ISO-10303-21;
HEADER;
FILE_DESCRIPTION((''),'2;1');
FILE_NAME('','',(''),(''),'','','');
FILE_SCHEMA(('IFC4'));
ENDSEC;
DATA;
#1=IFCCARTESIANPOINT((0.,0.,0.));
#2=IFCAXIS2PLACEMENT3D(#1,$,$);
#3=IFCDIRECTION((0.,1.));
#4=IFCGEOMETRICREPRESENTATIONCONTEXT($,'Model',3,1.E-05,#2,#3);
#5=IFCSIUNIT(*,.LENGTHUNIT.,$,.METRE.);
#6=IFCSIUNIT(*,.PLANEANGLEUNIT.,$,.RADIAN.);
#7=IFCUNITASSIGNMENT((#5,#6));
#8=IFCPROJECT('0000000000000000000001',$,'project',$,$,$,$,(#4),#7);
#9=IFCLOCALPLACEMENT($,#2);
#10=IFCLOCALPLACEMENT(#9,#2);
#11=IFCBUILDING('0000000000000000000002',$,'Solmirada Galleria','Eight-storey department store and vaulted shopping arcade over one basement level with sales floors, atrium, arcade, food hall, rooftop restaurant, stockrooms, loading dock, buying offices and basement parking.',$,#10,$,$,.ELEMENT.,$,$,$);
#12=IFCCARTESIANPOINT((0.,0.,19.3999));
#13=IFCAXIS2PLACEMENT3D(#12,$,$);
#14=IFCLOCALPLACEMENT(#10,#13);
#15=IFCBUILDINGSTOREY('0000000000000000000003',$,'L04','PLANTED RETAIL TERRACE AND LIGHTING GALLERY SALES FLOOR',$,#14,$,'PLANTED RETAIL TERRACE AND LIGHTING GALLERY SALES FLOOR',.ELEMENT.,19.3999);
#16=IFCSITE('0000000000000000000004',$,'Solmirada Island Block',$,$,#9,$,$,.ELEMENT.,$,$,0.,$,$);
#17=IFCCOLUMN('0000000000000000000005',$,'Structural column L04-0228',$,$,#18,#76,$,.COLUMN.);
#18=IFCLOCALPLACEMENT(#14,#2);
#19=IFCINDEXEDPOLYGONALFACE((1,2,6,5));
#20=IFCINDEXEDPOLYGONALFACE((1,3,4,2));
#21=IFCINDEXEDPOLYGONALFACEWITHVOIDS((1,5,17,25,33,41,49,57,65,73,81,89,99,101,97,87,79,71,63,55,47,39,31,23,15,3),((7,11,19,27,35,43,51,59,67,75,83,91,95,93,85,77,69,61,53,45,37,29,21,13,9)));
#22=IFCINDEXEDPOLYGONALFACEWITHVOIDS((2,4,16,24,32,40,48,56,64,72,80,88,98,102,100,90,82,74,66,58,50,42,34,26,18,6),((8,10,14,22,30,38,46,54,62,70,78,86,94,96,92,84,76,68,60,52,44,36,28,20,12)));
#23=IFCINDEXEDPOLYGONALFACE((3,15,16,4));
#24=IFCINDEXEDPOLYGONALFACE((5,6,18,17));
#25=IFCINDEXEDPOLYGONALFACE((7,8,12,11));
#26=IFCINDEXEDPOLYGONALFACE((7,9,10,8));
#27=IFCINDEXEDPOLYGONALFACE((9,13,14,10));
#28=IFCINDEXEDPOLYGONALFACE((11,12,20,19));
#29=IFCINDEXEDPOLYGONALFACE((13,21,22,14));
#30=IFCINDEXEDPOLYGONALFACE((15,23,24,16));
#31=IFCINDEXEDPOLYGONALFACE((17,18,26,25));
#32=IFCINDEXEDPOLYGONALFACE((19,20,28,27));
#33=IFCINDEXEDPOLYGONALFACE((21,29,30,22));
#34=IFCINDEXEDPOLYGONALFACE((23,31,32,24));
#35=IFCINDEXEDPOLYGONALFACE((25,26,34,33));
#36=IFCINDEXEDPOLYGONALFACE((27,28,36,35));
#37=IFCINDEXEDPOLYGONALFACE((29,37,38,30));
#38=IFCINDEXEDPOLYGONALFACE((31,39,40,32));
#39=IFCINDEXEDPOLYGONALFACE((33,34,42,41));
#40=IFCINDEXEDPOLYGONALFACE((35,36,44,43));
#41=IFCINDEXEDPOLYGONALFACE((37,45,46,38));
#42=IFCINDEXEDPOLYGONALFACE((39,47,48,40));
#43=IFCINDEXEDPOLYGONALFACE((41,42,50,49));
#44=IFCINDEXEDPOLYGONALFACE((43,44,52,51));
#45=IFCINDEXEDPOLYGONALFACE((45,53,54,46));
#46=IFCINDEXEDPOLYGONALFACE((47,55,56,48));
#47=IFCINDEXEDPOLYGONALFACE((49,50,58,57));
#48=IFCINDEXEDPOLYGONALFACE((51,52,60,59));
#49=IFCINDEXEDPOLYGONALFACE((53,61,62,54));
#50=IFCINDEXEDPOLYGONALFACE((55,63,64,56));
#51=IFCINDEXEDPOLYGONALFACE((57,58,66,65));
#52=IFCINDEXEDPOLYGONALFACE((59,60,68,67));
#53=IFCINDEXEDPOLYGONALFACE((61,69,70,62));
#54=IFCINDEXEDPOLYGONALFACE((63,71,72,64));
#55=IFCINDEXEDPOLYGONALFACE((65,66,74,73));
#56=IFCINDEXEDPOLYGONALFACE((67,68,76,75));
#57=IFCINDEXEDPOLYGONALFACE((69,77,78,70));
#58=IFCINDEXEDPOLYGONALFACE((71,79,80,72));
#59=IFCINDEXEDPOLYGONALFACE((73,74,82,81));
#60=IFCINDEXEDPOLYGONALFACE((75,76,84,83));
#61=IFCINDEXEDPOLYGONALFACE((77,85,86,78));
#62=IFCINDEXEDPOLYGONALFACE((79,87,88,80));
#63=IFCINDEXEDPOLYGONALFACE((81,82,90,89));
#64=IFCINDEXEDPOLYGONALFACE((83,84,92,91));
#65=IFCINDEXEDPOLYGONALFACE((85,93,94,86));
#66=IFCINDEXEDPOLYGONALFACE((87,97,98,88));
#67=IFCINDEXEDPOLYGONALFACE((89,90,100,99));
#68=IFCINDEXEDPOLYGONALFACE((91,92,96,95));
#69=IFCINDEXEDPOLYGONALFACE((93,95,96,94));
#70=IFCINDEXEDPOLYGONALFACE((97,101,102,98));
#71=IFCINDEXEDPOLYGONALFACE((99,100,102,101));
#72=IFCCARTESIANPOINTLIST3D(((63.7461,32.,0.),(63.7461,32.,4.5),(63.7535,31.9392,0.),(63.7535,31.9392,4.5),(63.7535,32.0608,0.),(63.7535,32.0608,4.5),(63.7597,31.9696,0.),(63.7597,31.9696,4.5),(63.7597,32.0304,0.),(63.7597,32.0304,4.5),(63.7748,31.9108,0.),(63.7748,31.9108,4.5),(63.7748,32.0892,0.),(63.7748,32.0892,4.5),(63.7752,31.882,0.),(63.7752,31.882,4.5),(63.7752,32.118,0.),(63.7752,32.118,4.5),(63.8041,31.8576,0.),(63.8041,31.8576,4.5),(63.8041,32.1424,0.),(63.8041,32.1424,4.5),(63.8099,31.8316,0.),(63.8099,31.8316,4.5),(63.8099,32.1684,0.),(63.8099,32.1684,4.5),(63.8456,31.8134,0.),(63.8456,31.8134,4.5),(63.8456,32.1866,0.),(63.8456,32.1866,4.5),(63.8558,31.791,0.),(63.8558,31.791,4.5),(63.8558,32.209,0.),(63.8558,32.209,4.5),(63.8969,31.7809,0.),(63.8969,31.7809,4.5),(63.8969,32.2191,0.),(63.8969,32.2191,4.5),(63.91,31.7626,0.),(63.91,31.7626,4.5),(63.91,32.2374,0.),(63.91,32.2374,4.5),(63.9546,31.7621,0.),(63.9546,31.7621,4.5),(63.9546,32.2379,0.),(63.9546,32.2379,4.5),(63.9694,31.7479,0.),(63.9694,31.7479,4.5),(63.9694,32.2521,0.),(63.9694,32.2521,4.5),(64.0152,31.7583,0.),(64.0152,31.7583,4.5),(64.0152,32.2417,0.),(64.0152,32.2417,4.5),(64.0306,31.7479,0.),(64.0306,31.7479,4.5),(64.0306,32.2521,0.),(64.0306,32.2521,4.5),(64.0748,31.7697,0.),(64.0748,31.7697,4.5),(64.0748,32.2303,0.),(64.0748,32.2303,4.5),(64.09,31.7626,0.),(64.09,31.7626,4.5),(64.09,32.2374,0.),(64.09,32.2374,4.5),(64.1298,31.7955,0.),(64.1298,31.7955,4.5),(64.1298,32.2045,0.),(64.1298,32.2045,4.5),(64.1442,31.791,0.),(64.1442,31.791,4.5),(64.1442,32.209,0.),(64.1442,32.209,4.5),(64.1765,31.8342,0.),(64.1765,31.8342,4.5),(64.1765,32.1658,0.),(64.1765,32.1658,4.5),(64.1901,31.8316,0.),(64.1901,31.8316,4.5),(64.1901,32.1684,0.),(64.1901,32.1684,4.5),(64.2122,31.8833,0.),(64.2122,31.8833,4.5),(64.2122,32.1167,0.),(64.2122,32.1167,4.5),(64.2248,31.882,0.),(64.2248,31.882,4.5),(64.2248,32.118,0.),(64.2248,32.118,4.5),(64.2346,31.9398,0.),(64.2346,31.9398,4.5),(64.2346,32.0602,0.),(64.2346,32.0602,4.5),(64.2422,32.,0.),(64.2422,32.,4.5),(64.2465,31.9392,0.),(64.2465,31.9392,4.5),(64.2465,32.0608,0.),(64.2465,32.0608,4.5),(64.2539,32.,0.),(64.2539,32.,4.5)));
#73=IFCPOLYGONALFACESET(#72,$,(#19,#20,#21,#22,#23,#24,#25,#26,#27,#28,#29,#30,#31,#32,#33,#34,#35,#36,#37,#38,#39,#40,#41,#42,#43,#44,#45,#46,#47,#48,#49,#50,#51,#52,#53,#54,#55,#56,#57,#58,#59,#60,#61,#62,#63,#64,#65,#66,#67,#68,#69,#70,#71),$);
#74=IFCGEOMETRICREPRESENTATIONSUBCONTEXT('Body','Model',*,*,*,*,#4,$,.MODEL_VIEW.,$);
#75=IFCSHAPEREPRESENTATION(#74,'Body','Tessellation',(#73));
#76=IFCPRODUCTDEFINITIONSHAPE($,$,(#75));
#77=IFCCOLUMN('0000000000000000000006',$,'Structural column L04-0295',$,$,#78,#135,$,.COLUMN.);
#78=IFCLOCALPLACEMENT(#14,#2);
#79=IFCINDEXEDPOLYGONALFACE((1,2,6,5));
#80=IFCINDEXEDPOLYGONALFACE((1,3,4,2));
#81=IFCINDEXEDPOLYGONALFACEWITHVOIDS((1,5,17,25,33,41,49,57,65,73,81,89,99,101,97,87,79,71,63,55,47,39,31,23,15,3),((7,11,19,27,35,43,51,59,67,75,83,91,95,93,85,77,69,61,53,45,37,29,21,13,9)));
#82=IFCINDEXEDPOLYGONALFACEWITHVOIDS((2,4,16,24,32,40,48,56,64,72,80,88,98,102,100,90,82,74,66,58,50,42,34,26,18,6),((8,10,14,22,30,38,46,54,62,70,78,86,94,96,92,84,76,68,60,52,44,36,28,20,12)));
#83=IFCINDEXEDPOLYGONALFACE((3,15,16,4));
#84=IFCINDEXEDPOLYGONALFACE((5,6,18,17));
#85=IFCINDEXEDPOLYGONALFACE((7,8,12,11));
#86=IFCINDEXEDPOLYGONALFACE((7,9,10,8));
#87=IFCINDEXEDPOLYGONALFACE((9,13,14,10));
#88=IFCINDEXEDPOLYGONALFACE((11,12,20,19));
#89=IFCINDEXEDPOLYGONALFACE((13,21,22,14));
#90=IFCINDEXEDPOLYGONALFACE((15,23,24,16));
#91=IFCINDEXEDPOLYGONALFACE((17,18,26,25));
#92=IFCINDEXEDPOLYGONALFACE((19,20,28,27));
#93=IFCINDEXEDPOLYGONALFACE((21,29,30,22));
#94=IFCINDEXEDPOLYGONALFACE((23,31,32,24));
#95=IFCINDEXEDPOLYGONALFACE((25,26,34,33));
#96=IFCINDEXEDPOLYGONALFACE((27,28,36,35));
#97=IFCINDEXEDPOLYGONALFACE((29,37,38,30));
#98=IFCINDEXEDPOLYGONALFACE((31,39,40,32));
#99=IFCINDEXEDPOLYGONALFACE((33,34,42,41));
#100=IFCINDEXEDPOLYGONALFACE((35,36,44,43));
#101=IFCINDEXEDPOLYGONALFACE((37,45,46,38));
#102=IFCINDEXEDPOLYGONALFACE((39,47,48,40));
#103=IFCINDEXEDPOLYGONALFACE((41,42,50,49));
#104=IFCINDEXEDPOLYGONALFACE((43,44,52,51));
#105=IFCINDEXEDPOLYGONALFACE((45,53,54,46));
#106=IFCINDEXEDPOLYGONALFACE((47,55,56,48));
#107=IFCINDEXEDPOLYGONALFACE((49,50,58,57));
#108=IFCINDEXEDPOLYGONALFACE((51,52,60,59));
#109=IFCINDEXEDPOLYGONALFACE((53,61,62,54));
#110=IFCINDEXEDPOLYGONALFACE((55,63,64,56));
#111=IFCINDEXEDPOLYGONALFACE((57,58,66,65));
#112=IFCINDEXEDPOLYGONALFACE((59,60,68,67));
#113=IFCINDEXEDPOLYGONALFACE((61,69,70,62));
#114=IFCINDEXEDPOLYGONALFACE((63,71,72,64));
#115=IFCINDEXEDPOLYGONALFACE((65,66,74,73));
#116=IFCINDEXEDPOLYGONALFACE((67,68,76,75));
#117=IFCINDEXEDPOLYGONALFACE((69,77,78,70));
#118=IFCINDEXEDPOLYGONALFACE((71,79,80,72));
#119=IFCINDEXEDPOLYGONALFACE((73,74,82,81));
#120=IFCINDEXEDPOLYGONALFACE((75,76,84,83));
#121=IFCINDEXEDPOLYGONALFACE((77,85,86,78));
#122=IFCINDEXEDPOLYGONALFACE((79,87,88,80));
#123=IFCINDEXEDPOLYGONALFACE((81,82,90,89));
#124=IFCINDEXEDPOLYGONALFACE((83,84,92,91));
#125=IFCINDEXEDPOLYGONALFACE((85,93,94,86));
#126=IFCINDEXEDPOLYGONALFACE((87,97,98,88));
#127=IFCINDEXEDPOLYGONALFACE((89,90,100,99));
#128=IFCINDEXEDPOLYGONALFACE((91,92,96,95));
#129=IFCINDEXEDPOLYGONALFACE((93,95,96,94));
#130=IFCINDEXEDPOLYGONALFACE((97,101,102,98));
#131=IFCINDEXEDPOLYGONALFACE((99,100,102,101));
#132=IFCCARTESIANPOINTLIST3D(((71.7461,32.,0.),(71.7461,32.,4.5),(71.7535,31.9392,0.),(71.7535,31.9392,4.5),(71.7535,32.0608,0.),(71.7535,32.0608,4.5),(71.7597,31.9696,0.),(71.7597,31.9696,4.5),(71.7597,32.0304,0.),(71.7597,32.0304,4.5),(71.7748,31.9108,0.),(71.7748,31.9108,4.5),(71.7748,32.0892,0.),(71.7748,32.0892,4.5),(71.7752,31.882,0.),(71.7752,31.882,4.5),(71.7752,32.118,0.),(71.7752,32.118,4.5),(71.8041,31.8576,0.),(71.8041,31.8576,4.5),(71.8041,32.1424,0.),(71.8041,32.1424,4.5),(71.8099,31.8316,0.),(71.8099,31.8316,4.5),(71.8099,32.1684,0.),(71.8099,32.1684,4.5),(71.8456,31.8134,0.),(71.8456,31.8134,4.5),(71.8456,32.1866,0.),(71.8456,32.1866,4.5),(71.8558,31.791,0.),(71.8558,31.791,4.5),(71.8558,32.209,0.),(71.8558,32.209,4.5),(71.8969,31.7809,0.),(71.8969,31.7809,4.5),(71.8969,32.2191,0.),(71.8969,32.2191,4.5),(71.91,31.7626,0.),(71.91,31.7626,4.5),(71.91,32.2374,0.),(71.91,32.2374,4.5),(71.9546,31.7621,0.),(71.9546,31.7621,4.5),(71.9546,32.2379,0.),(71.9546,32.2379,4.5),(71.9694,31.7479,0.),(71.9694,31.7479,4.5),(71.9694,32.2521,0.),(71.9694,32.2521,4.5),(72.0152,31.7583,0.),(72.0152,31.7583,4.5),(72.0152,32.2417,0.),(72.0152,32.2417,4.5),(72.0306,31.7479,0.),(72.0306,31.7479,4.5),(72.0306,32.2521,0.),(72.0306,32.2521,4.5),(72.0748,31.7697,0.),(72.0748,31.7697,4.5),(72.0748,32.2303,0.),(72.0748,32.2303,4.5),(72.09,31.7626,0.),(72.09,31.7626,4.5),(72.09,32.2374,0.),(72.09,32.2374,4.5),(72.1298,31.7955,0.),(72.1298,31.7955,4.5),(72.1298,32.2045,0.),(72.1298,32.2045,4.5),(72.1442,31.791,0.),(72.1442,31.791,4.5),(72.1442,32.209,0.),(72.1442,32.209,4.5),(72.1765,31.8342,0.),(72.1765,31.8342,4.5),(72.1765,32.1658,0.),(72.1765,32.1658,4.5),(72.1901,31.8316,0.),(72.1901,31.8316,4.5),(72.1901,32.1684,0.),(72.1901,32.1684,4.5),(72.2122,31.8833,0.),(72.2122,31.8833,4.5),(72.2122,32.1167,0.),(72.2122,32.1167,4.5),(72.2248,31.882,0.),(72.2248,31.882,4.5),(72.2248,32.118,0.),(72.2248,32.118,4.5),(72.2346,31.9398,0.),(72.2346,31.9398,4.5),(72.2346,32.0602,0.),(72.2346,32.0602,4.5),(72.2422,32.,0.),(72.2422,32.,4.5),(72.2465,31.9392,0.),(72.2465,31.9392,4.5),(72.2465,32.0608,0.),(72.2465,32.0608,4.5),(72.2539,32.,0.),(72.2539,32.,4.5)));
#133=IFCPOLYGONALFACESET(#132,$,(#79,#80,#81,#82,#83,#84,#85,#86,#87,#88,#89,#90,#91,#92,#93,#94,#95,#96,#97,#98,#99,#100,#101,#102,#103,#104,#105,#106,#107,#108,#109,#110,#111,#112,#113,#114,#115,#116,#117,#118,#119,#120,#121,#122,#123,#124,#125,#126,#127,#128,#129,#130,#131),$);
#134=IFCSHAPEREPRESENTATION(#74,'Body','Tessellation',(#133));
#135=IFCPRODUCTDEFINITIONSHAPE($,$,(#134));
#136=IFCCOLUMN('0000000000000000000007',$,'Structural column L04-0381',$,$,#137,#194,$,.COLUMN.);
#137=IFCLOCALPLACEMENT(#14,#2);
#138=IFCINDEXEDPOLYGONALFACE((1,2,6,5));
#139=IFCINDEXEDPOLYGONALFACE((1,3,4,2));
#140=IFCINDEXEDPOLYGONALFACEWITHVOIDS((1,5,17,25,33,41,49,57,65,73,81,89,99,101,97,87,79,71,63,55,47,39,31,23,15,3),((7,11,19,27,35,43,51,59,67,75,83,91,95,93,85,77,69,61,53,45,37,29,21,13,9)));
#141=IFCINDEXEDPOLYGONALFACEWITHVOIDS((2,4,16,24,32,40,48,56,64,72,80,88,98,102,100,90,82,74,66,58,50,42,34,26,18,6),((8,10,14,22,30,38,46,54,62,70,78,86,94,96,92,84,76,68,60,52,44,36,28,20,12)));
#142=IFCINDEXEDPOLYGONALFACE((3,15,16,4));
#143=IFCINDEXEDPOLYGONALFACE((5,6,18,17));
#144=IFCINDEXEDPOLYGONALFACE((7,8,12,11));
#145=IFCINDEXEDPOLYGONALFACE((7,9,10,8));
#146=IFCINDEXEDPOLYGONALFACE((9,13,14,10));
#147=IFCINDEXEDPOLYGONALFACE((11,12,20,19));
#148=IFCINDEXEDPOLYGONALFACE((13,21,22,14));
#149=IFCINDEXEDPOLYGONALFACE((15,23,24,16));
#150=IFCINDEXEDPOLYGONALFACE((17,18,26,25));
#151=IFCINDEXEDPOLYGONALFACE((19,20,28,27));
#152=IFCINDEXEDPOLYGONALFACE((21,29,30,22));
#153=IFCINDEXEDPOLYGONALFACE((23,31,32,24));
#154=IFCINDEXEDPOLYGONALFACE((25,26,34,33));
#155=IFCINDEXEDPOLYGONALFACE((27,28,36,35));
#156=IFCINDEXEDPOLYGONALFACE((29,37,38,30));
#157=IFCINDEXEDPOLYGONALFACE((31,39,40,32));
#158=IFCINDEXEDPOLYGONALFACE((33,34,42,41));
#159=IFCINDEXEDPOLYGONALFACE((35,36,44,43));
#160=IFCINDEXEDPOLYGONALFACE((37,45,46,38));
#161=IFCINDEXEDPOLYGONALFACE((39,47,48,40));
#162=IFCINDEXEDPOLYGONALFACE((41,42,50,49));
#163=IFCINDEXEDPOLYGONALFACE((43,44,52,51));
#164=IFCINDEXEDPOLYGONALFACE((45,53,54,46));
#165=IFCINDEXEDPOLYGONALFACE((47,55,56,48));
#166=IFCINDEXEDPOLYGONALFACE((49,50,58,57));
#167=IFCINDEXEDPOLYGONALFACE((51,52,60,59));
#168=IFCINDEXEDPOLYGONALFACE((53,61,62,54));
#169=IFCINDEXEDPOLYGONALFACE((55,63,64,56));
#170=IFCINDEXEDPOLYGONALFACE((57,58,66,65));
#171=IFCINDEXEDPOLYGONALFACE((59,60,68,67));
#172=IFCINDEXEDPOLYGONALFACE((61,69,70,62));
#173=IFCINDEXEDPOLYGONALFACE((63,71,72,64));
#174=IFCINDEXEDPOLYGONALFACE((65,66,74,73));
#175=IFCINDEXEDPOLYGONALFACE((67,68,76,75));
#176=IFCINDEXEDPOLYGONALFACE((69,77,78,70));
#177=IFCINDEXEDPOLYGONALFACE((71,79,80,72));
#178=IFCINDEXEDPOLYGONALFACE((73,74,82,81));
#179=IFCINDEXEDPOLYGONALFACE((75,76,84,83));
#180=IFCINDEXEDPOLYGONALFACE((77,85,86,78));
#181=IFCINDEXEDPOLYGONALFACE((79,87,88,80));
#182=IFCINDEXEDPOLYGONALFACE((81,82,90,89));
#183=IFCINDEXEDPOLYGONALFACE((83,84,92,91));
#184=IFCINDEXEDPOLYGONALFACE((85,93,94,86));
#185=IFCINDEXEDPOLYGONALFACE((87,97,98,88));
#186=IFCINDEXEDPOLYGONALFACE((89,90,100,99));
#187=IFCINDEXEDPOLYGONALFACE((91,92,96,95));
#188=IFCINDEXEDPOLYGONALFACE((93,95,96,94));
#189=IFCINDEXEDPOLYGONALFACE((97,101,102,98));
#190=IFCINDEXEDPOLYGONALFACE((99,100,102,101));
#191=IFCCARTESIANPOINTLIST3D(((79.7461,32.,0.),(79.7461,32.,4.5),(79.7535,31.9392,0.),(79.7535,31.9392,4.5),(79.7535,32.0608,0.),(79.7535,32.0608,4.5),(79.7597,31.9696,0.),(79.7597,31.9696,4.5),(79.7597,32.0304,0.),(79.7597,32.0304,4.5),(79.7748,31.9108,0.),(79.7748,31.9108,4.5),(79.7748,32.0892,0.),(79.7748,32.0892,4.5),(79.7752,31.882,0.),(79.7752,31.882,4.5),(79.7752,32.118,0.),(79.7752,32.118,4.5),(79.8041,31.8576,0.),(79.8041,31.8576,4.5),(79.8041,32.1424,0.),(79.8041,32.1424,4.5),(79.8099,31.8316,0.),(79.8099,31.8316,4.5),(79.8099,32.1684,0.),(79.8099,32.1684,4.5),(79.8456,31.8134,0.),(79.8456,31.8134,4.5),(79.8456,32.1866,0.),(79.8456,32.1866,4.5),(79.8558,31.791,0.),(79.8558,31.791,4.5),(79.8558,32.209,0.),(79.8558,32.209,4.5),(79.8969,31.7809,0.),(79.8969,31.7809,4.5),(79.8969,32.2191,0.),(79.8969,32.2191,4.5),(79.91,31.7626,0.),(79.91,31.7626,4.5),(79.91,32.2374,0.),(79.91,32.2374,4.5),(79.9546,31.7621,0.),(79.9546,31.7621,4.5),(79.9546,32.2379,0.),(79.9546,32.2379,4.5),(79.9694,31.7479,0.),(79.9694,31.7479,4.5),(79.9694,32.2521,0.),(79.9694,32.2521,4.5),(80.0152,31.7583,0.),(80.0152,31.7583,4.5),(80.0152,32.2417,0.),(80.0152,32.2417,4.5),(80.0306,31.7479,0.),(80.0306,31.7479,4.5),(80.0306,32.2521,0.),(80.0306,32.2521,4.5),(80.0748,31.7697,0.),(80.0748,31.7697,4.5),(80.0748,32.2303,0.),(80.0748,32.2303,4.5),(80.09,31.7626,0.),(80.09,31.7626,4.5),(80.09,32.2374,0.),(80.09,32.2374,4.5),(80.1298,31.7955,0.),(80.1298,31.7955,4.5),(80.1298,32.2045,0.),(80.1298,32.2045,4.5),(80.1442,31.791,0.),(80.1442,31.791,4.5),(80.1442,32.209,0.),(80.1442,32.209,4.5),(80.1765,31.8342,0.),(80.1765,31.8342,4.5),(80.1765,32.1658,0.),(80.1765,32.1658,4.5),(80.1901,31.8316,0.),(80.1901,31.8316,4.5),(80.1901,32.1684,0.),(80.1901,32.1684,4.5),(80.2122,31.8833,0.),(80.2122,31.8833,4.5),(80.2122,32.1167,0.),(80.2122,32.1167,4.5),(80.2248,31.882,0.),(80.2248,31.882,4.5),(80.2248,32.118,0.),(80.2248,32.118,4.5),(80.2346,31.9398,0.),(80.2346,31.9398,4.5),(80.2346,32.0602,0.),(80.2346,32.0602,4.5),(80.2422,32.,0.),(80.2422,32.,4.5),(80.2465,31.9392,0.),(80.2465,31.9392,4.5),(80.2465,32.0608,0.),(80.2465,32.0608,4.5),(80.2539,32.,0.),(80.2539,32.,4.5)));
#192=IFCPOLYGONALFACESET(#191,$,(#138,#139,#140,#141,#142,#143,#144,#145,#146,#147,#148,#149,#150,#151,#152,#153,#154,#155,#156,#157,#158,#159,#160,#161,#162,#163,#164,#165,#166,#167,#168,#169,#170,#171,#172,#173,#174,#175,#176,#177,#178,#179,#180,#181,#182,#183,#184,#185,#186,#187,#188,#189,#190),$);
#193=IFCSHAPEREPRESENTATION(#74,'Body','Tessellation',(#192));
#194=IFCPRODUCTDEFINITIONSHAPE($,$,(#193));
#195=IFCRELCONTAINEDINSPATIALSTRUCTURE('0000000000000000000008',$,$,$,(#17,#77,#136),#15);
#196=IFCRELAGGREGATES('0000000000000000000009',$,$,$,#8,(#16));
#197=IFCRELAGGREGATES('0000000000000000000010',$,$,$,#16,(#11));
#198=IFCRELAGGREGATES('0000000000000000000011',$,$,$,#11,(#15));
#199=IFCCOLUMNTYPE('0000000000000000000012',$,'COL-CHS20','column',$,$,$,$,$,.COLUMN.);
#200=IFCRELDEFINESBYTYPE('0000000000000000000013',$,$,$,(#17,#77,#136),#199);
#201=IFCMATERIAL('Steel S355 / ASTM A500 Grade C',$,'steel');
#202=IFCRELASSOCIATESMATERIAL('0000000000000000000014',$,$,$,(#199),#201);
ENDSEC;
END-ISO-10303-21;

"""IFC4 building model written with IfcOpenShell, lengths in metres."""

from ifc_helpers import new_model, si_unit, direction, frame, origin, origin_2d, place, context, subcontext, project, spatial, hollow_circle, extrude, material, material_profile, profile_set, type_object, element, save


model = new_model("IFC4")

# Units and contexts
model_context = context("Model", 3, precision=1e-05, world=origin(), true_north=direction((0.0, 1.0)))
body_context = subcontext(model_context, "Body", "Model", "MODEL_VIEW")
ifc_project = project(units=[si_unit("LENGTHUNIT", "METRE"), si_unit("PLANEANGLEUNIT", "RADIAN")], contexts=[model_context])

# Site, building, storey
site_placement = place(None, origin())
site = spatial("IfcSite", under=ifc_project, at=site_placement, Name="Solmirada Island Block", CompositionType="ELEMENT", RefElevation=0.0)
building_placement = place(site_placement, origin())
building = spatial("IfcBuilding", under=site, at=building_placement, Name="Solmirada Galleria", Description="Eight-storey department store and vaulted shopping arcade over one basement level with sales floors, atrium, arcade, food hall, rooftop restaurant, stockrooms, loading dock, buying offices and basement parking.", CompositionType="ELEMENT")
storey_placement = place(building_placement, frame((0.0, 0.0, 19.3999)))
storey = spatial("IfcBuildingStorey", under=building, at=storey_placement, Name="L04", Description="PLANTED RETAIL TERRACE AND LIGHTING GALLERY SALES FLOOR", LongName="PLANTED RETAIL TERRACE AND LIGHTING GALLERY SALES FLOOR", CompositionType="ELEMENT", Elevation=19.3999)

# Columns
ifc_material_1 = material(Name="Steel S355 / ASTM A500 Grade C", Category="steel")
ifc_material_profile_1 = material_profile(ifc_material_1, hollow_circle(Radius=0.2539, WallThickness=0.0117, at=origin_2d()), Name="HSS20.000X0.500")
ifc_profile_set_1 = profile_set([ifc_material_profile_1], Name="Steel S355 / ASTM A500 Grade C")
column_type_1 = type_object("IfcColumnType", Name="COL-CHS20", Description="column", PredefinedType="COLUMN", material=ifc_profile_set_1)
for number, where, z_axis, x_axis, name in (
    (1, (64.0, 32.0, 0.0), (0.0, 0.0, 1.0), (1.0, 0.0, 0.0), "Structural column L04-0228"),
    (2, (72.0, 32.0, 0.0), (0.0, 0.0, 1.0), (1.0, 0.0, 0.0), "Structural column L04-0295"),
    (3, (80.0, 32.0, 0.0), (0.0, 0.0, 1.0), (1.0, 0.0, 0.0), "Structural column L04-0381"),
):
    element("IfcColumn", number, at=place(storey_placement, frame(where, z_axis=z_axis, x_axis=x_axis)), inside=storey, type_object=column_type_1, Name=name, PredefinedType="COLUMN", context=body_context, shape_type="SweptSolid", body=[
        extrude(hollow_circle(Radius=0.2539, WallThickness=0.0117, at=origin_2d()), origin(), (0.0, 0.0, 1.0), 4.5),
    ])

save(model, "model.ifc")
